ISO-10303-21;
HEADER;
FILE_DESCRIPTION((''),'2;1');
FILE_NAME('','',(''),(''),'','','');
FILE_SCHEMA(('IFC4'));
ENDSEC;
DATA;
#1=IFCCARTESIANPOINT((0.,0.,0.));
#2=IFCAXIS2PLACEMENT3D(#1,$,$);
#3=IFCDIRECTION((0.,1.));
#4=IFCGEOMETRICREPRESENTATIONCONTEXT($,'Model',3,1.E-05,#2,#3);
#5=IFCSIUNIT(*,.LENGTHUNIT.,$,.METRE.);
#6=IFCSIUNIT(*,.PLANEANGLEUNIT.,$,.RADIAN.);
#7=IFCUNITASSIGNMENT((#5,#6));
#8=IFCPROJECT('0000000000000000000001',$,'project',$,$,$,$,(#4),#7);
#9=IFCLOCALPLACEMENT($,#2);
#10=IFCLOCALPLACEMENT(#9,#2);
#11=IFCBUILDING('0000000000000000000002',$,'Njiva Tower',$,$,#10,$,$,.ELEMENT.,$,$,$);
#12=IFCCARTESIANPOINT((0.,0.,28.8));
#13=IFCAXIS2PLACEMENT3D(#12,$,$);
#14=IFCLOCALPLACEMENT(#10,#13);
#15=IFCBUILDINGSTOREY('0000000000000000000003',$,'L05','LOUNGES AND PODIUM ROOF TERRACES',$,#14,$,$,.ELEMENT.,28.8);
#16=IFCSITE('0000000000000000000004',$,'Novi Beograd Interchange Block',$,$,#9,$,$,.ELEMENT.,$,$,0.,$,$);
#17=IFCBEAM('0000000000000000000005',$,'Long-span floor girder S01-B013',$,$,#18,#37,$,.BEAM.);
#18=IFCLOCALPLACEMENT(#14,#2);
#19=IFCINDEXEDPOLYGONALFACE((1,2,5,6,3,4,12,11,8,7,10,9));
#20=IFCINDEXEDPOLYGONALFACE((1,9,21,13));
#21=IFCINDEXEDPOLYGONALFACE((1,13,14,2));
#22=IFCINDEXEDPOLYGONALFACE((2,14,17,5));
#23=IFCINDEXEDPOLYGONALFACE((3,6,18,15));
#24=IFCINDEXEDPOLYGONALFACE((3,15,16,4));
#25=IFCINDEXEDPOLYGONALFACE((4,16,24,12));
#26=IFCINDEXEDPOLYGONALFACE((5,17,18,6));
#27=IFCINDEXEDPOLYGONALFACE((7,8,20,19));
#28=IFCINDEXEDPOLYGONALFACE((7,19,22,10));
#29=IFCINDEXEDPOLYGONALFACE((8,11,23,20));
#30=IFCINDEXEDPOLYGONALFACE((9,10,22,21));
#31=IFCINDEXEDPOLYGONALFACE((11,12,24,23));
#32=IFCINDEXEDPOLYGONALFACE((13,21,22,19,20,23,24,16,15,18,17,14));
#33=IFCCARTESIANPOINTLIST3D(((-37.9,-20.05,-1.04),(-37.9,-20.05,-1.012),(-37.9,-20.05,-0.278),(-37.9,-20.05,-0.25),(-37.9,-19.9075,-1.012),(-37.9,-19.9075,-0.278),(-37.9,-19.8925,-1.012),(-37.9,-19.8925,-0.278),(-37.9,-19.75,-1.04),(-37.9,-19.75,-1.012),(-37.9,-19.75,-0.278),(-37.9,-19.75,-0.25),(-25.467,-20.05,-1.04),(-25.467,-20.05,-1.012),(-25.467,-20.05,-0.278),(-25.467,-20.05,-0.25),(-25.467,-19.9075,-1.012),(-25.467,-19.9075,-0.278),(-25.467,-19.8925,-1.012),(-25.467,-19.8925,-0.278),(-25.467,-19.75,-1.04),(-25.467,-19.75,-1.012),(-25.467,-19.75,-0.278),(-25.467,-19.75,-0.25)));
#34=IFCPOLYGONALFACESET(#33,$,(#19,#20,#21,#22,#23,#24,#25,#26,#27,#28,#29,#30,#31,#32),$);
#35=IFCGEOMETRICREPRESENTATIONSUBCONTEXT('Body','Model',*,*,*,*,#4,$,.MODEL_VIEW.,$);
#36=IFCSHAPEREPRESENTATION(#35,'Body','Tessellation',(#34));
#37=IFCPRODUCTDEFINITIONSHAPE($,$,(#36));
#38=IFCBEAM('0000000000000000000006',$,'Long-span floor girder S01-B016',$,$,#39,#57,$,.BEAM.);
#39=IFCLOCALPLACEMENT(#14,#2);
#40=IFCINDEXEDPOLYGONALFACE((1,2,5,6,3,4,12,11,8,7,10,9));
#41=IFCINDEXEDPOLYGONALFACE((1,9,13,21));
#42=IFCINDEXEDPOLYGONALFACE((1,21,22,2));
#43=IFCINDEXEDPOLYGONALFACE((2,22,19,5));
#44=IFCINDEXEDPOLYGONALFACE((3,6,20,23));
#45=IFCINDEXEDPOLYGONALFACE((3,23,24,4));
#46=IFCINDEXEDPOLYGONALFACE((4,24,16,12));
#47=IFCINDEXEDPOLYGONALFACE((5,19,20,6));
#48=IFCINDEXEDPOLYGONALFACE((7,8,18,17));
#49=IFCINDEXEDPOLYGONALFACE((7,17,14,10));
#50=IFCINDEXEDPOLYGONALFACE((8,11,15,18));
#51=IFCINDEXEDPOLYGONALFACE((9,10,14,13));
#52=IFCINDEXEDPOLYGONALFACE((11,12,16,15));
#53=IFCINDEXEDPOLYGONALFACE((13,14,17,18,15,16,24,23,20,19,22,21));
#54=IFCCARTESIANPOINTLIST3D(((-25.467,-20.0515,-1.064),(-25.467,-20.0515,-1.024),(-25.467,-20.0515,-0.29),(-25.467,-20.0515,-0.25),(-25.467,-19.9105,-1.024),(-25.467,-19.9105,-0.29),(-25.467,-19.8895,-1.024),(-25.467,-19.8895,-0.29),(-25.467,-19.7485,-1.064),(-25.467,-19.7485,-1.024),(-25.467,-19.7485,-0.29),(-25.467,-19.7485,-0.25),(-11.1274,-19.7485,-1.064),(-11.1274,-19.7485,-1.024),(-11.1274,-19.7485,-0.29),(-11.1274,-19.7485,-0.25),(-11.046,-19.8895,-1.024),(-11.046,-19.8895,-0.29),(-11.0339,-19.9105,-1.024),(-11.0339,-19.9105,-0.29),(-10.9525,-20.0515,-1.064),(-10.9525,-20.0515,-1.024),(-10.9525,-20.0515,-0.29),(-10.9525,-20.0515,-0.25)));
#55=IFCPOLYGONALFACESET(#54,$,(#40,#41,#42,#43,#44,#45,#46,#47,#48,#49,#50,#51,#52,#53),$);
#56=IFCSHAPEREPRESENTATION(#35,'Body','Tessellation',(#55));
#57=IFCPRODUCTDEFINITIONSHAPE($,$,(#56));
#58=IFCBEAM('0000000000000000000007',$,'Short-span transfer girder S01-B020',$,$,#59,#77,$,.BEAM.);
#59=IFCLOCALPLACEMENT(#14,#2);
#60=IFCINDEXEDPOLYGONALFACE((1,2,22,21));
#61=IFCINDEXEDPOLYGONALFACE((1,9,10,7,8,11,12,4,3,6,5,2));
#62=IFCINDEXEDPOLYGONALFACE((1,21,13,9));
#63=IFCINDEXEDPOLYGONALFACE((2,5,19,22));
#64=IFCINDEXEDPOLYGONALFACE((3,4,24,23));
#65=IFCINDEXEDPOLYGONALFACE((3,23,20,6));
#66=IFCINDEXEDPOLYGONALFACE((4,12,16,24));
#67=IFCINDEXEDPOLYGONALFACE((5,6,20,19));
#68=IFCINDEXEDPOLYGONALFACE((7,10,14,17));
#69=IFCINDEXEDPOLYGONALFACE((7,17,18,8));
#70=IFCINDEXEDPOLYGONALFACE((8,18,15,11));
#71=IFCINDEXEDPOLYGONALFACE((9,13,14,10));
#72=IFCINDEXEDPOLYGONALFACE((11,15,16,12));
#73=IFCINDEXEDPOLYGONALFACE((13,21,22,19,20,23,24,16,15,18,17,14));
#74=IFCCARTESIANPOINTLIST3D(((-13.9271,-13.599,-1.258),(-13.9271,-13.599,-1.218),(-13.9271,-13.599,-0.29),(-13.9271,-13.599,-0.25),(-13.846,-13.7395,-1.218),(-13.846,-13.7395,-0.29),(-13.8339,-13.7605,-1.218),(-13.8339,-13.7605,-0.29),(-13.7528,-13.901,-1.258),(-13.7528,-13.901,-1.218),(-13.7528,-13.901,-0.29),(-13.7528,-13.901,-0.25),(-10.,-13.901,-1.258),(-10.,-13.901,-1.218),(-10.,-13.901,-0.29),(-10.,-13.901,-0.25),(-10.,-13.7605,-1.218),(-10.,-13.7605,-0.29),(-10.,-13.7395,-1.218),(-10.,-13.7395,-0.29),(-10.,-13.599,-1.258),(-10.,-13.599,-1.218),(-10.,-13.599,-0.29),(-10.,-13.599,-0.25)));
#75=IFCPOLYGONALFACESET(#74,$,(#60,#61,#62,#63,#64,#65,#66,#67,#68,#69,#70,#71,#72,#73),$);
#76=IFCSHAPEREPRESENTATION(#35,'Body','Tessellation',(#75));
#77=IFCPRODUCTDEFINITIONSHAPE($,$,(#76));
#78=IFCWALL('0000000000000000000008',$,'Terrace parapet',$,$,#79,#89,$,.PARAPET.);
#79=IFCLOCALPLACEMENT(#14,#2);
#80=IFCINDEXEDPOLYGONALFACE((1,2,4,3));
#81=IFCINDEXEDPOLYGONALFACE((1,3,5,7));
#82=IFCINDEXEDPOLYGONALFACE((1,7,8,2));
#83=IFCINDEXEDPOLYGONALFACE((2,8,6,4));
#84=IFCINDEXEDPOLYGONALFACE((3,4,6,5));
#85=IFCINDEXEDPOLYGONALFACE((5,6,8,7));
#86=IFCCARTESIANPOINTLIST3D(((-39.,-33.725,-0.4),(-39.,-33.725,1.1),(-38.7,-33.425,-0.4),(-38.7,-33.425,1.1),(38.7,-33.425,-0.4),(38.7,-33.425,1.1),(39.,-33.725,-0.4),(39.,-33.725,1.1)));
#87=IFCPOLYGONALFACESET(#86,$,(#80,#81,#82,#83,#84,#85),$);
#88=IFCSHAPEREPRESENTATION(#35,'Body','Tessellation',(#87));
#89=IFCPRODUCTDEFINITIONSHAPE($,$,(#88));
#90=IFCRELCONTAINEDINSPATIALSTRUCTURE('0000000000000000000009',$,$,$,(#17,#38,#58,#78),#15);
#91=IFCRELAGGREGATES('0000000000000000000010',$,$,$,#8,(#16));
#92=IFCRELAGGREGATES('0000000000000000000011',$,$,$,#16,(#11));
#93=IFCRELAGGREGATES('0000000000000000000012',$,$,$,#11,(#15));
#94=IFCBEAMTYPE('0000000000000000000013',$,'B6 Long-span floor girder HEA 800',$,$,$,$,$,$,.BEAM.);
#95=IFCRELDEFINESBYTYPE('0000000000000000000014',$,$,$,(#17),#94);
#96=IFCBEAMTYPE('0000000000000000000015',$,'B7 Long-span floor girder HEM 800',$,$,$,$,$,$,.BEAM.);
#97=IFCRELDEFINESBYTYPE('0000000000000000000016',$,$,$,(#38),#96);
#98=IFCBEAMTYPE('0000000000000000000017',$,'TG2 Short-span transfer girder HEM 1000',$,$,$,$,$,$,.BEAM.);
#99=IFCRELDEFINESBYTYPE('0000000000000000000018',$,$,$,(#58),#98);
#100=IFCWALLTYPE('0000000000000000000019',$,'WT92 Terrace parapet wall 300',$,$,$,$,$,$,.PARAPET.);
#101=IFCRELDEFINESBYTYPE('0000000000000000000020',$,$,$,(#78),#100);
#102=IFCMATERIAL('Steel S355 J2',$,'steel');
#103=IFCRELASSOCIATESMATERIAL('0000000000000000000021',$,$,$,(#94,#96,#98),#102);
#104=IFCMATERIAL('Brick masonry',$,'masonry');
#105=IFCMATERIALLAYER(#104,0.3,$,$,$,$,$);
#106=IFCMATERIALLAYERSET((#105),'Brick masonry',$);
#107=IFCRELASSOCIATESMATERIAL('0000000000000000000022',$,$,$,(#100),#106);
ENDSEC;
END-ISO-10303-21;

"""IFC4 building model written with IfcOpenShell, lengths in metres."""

from ifc_helpers import new_model, si_unit, direction, frame, origin, origin_2d, place, context, subcontext, project, spatial, polyline, i_section, outline, extrude, clip, halfspace, material, layer, layer_set, material_profile, profile_set, type_object, element, save


model = new_model("IFC4")

# Units and contexts
model_context = context("Model", 3, precision=1e-05, world=origin(), true_north=direction((0.0, 1.0)))
body_context = subcontext(model_context, "Body", "Model", "MODEL_VIEW")
ifc_project = project(units=[si_unit("LENGTHUNIT", "METRE"), si_unit("PLANEANGLEUNIT", "RADIAN")], contexts=[model_context])

# Site, building, storey
site_placement = place(None, origin())
site = spatial("IfcSite", under=ifc_project, at=site_placement, Name="Novi Beograd Interchange Block", CompositionType="ELEMENT", RefElevation=0.0)
building_placement = place(site_placement, origin())
building = spatial("IfcBuilding", under=site, at=building_placement, Name="Njiva Tower", CompositionType="ELEMENT")
storey_placement = place(building_placement, frame((0.0, 0.0, 28.8)))
storey = spatial("IfcBuildingStorey", under=building, at=storey_placement, Name="L05", Description="LOUNGES AND PODIUM ROOF TERRACES", CompositionType="ELEMENT", Elevation=28.8)

# Shared definitions
ifc_material_1 = material(Name="Steel S355 J2", Category="steel")

# Beams
ifc_material_profile_1 = material_profile(ifc_material_1, i_section(OverallWidth=0.3, OverallDepth=0.79, WebThickness=0.015, FlangeThickness=0.028, at=origin_2d()), Name="HEA 800")
ifc_profile_set_1 = profile_set([ifc_material_profile_1], Name="Steel S355 J2")
beam_type_1 = type_object("IfcBeamType", Name="B6 Long-span floor girder HEA 800", PredefinedType="BEAM", material=ifc_profile_set_1)
beam_1_placement = place(storey_placement, frame((-37.9, -19.9, -0.645), z_axis=(1.0, 0.0, 0.0), x_axis=(0.0, 1.0, 0.0)))
element("IfcBeam", 1, at=beam_1_placement, inside=storey, type_object=beam_type_1, Name="Long-span floor girder S01-B013", PredefinedType="BEAM", context=body_context, shape_type="SweptSolid", body=[
    extrude(i_section(OverallWidth=0.3, OverallDepth=0.79, WebThickness=0.015, FlangeThickness=0.028, at=origin_2d()), origin(), (0.0, 0.0, 1.0), 12.433),
])
ifc_material_profile_2 = material_profile(ifc_material_1, i_section(OverallWidth=0.303, OverallDepth=0.814, WebThickness=0.021, FlangeThickness=0.04, at=origin_2d()), Name="HEM 800")
ifc_profile_set_2 = profile_set([ifc_material_profile_2], Name="Steel S355 J2")
beam_type_2 = type_object("IfcBeamType", Name="B7 Long-span floor girder HEM 800", PredefinedType="BEAM", material=ifc_profile_set_2)
beam_2_placement = place(storey_placement, frame((-25.467, -19.9, -0.657), z_axis=(1.0, 0.0, 0.0), x_axis=(0.0, 1.0, 0.0)))
element("IfcBeam", 2, at=beam_2_placement, inside=storey, type_object=beam_type_2, Name="Long-span floor girder S01-B016", PredefinedType="BEAM", context=body_context, shape_type="Clipping", body=[
    clip(extrude(i_section(OverallWidth=0.303, OverallDepth=0.814, WebThickness=0.021, FlangeThickness=0.04, at=origin_2d()), origin(), (0.0, 0.0, 1.0), 14.534), halfspace(frame((0.025, 0.0, 14.4126), z_axis=(0.499998, 0.0, 0.866027), x_axis=(0.0, 1.0, 0.0)), False)),
])
ifc_material_profile_3 = material_profile(ifc_material_1, i_section(OverallWidth=0.302, OverallDepth=1.008, WebThickness=0.021, FlangeThickness=0.04, at=origin_2d()), Name="HEM 1000")
ifc_profile_set_3 = profile_set([ifc_material_profile_3], Name="Steel S355 J2")
beam_type_3 = type_object("IfcBeamType", Name="TG2 Short-span transfer girder HEM 1000", PredefinedType="BEAM", material=ifc_profile_set_3)
beam_3_placement = place(storey_placement, frame((-13.947, -13.75, -0.754), z_axis=(1.0, 0.0, 0.0), x_axis=(0.0, 1.0, 0.0)))
element("IfcBeam", 3, at=beam_3_placement, inside=storey, type_object=beam_type_3, Name="Short-span transfer girder S01-B020", PredefinedType="BEAM", context=body_context, shape_type="Clipping", body=[
    clip(extrude(i_section(OverallWidth=0.302, OverallDepth=1.008, WebThickness=0.021, FlangeThickness=0.04, at=origin_2d()), origin(), (0.0, 0.0, 1.0), 3.947), halfspace(frame((-0.025, 0.0, 0.1215), z_axis=(-0.499998, 0.0, -0.866027), x_axis=(0.0, -1.0, 0.0)), False)),
])

# Wall
ifc_material_2 = material(Name="Brick masonry", Category="masonry")
ifc_layer = layer(ifc_material_2, 0.3)
ifc_layer_set = layer_set([ifc_layer], Name="Brick masonry")
wall_type = type_object("IfcWallType", Name="WT92 Terrace parapet wall 300", PredefinedType="PARAPET", material=ifc_layer_set)
wall_placement = place(storey_placement, frame((-38.85, -33.575, -0.4), z_axis=(0.0, 0.0, 1.0), x_axis=(1.0, 0.0, 0.0)))
element("IfcWall", 4, at=wall_placement, inside=storey, type_object=wall_type, Name="Terrace parapet", PredefinedType="PARAPET", context=body_context, shape_type="SweptSolid", body=[
    extrude(outline(polyline([(-0.15, -0.15), (77.85, -0.15), (77.55, 0.15), (0.15, 0.15), (-0.15, -0.15)])), origin(), (0.0, 0.0, 1.0), 1.5),
])

save(model, "model.ifc")
